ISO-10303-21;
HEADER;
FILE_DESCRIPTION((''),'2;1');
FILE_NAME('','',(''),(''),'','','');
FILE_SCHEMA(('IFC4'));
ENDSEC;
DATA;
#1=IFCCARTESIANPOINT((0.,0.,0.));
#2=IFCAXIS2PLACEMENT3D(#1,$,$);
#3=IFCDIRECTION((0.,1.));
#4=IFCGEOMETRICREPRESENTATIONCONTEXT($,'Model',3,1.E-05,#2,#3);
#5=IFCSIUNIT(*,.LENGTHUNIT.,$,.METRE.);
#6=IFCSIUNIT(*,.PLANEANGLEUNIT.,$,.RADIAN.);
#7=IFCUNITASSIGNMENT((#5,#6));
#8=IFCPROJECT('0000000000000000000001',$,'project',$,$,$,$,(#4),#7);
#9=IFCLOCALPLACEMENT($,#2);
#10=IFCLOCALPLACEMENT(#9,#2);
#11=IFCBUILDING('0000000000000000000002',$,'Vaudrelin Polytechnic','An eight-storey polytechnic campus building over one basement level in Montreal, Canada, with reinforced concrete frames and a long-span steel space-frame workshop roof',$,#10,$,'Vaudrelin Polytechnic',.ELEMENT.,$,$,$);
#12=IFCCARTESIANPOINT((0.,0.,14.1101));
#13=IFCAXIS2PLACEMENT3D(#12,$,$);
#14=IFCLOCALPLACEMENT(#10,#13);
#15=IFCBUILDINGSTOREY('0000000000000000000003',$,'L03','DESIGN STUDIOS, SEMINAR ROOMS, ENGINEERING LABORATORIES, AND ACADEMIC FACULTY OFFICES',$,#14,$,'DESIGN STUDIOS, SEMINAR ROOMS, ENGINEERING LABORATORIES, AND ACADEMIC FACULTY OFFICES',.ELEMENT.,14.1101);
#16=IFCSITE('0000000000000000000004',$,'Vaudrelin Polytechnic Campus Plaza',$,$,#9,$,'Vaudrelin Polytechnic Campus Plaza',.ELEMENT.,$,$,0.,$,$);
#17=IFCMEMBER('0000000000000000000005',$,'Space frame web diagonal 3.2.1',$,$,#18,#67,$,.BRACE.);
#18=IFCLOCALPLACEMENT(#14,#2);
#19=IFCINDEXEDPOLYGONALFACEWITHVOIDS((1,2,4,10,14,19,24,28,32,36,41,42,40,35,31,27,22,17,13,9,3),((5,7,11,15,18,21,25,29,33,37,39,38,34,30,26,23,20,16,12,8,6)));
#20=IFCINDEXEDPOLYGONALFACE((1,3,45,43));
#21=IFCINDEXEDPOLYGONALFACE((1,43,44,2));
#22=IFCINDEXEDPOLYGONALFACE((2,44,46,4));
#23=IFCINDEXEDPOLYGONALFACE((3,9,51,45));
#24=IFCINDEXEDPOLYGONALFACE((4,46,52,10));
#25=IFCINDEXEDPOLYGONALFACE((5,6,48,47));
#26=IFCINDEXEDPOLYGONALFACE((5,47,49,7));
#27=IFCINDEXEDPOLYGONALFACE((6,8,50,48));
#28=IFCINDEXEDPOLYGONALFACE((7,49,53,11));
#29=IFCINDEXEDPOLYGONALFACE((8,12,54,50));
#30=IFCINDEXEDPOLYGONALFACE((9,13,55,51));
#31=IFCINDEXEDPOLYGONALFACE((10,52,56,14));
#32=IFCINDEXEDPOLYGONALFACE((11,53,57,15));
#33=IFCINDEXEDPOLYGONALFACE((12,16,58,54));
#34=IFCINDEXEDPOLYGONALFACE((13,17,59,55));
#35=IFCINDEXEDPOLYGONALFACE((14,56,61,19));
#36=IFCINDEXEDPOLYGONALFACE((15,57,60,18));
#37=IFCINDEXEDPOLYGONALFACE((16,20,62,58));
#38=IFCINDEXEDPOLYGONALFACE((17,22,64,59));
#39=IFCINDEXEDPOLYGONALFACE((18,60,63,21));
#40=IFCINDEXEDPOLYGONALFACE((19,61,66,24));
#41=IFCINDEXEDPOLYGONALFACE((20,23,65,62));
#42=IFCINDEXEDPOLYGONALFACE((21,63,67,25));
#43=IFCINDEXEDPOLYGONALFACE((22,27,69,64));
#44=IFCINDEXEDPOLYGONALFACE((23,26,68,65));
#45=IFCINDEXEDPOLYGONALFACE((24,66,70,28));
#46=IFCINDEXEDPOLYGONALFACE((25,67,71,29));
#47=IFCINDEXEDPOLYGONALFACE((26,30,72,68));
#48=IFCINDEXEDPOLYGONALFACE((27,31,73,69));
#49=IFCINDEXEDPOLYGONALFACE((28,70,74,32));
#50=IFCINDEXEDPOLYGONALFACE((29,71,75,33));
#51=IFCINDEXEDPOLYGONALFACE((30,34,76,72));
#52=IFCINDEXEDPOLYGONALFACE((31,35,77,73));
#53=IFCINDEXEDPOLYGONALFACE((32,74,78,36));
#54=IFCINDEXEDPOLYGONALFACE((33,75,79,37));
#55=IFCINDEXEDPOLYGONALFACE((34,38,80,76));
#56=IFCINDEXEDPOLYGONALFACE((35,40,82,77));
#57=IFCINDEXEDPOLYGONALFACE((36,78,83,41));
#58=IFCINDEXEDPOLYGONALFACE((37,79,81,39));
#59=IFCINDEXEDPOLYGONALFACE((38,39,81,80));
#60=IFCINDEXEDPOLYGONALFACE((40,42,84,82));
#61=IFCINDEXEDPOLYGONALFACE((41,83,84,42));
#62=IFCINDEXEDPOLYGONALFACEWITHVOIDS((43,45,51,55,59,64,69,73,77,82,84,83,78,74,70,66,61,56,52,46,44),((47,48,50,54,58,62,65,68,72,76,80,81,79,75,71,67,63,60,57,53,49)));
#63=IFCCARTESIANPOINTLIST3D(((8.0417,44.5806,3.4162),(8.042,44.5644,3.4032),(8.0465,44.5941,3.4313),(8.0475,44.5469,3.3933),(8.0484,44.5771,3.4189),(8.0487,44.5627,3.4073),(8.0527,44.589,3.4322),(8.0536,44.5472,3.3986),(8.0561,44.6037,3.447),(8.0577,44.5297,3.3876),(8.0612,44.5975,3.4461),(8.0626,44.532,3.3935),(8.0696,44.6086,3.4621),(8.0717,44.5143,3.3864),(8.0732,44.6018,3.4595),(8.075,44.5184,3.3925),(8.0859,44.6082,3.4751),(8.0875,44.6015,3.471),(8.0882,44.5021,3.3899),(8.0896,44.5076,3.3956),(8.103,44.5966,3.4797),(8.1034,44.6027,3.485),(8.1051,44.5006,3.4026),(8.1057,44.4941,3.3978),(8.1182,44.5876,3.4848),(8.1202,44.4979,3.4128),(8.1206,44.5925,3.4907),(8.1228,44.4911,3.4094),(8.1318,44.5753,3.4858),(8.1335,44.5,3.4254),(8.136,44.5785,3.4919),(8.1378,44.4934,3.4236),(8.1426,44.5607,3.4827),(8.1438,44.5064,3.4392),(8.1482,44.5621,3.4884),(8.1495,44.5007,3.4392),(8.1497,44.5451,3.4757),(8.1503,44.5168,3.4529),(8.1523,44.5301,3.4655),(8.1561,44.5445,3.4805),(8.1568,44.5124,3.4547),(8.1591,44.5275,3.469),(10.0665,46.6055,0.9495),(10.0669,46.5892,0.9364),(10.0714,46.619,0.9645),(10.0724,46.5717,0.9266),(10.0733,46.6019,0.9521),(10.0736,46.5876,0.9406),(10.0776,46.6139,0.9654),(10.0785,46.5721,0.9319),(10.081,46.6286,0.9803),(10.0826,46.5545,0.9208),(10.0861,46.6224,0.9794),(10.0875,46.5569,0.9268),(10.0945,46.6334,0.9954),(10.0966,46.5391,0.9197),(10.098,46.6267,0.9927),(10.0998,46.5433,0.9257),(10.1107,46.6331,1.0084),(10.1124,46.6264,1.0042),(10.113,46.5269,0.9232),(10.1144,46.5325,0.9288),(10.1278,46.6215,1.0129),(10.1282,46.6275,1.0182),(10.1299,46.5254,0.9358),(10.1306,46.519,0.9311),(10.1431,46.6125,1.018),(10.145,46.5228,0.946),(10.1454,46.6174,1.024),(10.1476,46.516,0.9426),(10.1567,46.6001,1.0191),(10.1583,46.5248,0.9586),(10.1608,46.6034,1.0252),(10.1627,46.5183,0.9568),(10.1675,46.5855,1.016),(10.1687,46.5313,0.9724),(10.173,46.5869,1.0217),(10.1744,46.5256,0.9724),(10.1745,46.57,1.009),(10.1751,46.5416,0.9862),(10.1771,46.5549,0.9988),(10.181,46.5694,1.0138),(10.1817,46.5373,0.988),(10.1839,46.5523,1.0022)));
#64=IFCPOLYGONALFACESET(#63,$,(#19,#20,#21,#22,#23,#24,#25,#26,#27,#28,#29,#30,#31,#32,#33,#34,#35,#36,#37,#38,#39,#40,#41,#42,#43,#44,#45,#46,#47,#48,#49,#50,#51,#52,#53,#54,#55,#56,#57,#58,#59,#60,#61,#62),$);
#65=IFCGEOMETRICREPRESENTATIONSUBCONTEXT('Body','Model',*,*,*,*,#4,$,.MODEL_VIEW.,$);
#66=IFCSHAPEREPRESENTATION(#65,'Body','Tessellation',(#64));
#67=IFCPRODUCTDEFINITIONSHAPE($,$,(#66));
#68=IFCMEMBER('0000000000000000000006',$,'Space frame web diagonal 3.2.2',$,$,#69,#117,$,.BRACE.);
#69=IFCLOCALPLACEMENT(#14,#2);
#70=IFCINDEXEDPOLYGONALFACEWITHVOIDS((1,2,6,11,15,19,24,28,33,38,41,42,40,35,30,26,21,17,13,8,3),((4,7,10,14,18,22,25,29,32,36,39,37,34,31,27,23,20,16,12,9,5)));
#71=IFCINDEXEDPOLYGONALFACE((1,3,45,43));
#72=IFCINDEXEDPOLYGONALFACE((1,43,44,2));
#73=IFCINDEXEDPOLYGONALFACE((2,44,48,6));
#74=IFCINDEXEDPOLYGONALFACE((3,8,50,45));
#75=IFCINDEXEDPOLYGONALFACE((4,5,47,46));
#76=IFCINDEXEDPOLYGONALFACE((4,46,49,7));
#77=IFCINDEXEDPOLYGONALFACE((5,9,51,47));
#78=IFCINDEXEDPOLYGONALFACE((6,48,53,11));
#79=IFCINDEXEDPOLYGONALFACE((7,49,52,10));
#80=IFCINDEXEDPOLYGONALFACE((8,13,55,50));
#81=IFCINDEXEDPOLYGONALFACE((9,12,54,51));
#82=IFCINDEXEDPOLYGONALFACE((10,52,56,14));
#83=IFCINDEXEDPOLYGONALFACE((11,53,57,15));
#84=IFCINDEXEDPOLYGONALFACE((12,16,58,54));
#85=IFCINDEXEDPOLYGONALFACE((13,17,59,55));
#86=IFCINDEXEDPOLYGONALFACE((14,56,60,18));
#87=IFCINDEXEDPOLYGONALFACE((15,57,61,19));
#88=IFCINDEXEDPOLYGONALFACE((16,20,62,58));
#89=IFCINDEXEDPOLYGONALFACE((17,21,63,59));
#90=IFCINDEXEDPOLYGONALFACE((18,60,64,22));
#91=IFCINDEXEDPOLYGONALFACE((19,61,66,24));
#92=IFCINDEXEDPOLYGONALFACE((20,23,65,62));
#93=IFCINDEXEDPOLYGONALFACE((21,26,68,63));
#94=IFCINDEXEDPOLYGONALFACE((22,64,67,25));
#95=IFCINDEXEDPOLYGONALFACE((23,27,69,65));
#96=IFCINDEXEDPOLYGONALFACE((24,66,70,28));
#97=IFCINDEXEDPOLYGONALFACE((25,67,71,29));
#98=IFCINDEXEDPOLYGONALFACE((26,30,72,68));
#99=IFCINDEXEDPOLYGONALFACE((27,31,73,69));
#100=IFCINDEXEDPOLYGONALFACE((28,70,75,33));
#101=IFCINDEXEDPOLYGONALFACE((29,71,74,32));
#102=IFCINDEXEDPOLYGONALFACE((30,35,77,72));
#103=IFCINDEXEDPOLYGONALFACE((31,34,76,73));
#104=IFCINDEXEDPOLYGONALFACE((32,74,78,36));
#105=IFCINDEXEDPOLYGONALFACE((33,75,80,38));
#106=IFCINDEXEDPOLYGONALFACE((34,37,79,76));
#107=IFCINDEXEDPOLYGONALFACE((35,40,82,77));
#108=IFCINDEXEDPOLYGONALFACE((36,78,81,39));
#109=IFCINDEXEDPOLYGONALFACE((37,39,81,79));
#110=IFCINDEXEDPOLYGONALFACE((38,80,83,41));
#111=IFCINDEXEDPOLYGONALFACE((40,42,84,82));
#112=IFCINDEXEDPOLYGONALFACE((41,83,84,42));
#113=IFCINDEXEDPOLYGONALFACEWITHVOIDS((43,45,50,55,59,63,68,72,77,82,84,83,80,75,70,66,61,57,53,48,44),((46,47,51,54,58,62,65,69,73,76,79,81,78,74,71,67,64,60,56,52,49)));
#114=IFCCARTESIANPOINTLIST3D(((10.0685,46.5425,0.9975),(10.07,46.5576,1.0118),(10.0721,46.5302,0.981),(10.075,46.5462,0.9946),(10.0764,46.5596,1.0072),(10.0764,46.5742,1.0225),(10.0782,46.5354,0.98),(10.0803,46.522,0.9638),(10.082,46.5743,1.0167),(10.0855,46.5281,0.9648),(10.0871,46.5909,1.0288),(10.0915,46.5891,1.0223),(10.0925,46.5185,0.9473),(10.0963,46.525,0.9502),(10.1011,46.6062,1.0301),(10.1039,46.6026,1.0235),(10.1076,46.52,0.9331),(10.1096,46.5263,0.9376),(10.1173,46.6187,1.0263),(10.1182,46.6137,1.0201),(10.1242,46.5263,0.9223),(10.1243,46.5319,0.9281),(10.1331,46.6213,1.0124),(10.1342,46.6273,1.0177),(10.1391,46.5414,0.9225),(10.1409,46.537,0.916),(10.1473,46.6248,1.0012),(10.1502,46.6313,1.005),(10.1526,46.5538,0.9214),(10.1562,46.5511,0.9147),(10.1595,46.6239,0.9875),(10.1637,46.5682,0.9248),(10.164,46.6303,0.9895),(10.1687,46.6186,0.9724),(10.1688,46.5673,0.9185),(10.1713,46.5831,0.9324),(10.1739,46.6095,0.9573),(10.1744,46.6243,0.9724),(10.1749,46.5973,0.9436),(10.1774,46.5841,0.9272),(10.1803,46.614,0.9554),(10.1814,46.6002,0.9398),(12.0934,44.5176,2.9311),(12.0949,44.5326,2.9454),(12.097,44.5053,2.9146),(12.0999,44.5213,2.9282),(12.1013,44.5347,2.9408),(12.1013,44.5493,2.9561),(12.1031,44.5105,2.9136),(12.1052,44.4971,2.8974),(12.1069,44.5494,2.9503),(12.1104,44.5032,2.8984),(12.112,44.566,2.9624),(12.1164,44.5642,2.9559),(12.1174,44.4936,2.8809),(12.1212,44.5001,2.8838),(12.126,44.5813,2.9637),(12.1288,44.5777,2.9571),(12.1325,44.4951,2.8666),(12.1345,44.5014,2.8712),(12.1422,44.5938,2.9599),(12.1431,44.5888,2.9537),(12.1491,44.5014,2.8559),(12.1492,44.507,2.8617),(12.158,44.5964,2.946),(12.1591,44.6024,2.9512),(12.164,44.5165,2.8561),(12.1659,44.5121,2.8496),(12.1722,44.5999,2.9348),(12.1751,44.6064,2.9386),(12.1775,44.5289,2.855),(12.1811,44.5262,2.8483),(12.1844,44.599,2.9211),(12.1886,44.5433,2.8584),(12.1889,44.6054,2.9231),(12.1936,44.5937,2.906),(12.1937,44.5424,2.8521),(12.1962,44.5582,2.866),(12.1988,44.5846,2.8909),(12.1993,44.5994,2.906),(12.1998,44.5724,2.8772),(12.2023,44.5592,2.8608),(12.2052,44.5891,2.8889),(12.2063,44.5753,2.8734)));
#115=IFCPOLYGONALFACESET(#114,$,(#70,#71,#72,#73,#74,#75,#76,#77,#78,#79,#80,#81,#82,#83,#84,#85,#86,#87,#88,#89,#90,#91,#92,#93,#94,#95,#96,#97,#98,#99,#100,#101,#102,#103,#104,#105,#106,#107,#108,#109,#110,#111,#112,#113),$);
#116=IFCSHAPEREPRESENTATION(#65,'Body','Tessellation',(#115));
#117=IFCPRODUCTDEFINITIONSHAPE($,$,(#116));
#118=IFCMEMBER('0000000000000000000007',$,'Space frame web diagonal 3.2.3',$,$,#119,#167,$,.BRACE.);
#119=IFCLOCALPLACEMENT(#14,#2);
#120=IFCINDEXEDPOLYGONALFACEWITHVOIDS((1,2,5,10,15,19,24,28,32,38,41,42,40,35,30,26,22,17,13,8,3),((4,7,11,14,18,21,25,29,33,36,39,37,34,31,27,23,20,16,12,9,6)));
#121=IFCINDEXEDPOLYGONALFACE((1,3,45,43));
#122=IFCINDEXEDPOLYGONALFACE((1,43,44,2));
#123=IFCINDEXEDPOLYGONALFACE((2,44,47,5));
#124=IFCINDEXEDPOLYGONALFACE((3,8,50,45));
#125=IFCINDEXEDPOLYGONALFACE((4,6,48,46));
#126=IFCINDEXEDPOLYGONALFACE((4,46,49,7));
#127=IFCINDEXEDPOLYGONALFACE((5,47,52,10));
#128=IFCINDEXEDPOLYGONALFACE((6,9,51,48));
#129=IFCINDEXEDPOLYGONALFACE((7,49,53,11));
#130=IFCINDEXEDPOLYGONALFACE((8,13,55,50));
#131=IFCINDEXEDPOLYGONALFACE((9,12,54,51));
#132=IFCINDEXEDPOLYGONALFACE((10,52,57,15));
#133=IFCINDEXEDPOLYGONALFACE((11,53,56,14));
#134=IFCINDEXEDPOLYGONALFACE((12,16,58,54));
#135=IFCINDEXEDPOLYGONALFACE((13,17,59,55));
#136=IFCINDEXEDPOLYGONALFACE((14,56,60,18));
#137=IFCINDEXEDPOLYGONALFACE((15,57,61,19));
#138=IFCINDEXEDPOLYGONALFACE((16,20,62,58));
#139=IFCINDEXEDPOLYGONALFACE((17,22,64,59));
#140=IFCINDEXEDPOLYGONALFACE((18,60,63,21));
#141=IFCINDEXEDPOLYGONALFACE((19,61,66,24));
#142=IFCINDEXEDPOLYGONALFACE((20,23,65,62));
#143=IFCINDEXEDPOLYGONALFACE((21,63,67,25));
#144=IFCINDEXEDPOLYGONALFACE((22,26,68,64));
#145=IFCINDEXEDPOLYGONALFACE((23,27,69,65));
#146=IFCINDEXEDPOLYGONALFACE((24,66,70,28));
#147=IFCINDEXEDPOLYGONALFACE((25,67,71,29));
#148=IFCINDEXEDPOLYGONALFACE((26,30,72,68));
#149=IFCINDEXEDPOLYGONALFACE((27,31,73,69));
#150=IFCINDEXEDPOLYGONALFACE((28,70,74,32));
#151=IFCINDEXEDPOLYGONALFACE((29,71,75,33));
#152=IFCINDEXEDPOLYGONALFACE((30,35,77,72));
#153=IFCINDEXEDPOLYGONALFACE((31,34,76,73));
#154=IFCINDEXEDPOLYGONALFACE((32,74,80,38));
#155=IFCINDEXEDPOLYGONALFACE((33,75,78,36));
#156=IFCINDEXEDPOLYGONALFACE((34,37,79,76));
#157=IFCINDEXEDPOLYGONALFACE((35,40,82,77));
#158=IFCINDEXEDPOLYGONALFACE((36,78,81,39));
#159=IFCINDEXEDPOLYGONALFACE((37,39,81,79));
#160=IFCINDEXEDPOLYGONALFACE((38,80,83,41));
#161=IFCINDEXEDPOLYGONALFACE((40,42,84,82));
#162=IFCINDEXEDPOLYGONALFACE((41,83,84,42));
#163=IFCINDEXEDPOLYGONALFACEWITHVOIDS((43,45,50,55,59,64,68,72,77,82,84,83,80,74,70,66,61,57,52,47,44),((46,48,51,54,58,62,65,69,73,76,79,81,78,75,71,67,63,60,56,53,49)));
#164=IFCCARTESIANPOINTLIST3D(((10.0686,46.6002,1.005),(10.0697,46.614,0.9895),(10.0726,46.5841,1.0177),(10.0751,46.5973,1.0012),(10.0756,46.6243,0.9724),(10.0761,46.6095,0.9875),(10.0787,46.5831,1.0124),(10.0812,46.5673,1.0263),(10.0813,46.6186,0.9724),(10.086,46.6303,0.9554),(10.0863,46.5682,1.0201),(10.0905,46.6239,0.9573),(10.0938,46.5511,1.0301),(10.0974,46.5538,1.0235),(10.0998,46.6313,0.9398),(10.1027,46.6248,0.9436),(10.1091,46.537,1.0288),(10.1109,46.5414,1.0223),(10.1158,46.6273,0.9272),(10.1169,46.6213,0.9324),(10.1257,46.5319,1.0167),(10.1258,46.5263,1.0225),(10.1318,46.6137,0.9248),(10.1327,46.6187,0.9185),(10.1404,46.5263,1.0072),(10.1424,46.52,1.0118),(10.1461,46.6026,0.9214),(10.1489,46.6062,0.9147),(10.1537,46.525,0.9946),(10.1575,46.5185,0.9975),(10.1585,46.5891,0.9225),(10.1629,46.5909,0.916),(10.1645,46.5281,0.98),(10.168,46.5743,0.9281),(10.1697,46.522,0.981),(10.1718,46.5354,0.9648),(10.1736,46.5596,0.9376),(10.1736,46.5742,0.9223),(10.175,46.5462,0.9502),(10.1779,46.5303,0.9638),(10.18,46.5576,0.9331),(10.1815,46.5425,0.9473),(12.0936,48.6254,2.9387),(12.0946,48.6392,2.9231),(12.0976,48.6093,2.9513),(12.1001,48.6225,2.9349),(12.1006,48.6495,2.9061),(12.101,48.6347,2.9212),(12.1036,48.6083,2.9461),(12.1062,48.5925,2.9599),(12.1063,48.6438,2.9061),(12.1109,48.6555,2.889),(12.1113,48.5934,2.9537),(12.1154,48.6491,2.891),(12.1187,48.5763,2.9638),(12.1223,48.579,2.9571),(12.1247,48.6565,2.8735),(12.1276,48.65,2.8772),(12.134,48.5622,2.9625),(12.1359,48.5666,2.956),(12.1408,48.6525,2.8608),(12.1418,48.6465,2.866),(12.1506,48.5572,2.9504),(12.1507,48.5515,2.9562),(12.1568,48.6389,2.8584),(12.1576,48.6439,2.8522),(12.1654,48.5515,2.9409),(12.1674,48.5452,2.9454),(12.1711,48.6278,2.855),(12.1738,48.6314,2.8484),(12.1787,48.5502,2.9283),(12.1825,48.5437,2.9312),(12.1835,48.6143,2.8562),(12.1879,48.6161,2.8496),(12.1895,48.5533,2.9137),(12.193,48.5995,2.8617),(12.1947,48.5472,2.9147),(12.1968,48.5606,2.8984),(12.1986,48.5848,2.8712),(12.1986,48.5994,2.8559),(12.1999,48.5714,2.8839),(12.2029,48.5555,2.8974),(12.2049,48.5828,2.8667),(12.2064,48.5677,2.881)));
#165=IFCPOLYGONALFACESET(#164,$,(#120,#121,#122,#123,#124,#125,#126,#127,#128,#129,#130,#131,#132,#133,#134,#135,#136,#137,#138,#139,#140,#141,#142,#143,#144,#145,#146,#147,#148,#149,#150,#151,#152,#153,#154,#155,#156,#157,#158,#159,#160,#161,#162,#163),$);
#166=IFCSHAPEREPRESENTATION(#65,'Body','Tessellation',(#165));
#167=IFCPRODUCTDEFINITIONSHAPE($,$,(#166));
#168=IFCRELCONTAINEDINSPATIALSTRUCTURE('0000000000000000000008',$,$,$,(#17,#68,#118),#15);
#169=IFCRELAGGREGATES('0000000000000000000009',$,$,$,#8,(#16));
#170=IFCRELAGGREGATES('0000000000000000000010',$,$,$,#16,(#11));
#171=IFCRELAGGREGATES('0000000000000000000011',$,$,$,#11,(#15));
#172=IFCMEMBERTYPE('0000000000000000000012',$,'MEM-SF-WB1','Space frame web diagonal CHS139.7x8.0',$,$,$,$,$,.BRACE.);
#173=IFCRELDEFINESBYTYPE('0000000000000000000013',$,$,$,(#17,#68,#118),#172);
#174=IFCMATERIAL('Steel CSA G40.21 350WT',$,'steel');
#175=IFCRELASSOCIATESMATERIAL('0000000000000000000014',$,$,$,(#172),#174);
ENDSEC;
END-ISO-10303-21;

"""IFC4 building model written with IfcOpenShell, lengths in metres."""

from ifc_helpers import new_model, si_unit, direction, frame, origin, origin_2d, place, context, subcontext, project, spatial, hollow_circle, extrude, material, material_profile, profile_set, type_object, element, save


model = new_model("IFC4")

# Units and contexts
model_context = context("Model", 3, precision=1e-05, world=origin(), true_north=direction((0.0, 1.0)))
body_context = subcontext(model_context, "Body", "Model", "MODEL_VIEW")
ifc_project = project(units=[si_unit("LENGTHUNIT", "METRE"), si_unit("PLANEANGLEUNIT", "RADIAN")], contexts=[model_context])

# Site, building, storey
site_placement = place(None, origin())
site = spatial("IfcSite", under=ifc_project, at=site_placement, Name="Vaudrelin Polytechnic Campus Plaza", LongName="Vaudrelin Polytechnic Campus Plaza", CompositionType="ELEMENT", RefElevation=0.0)
building_placement = place(site_placement, origin())
building = spatial("IfcBuilding", under=site, at=building_placement, Name="Vaudrelin Polytechnic", Description="An eight-storey polytechnic campus building over one basement level in Montreal, Canada, with reinforced concrete frames and a long-span steel space-frame workshop roof", LongName="Vaudrelin Polytechnic", CompositionType="ELEMENT")
storey_placement = place(building_placement, frame((0.0, 0.0, 14.1101)))
storey = spatial("IfcBuildingStorey", under=building, at=storey_placement, Name="L03", Description="DESIGN STUDIOS, SEMINAR ROOMS, ENGINEERING LABORATORIES, AND ACADEMIC FACULTY OFFICES", LongName="DESIGN STUDIOS, SEMINAR ROOMS, ENGINEERING LABORATORIES, AND ACADEMIC FACULTY OFFICES", CompositionType="ELEMENT", Elevation=14.1101)

# Members
ifc_material = material(Name="Steel CSA G40.21 350WT", Category="steel")
ifc_material_profile_1 = material_profile(ifc_material, hollow_circle(Radius=0.0698, WallThickness=0.0081, at=origin_2d()), Name="CHS139.7x8.0")
ifc_profile_set_1 = profile_set([ifc_material_profile_1], Name="Steel CSA G40.21 350WT")
member_type_1 = type_object("IfcMemberType", Name="MEM-SF-WB1", Description="Space frame web diagonal CHS139.7x8.0", PredefinedType="BRACE", material=ifc_profile_set_1)
for number, where, z_axis, x_axis, name in (
    (1, (10.125, 46.575, 0.9724), (-0.535742, -0.535742, 0.652657), (0.707107, -0.707107, 0.0), "Space frame web diagonal 3.2.1"),
):
    element("IfcMember", number, at=place(storey_placement, frame(where, z_axis=z_axis, x_axis=x_axis)), inside=storey, type_object=member_type_1, Name=name, PredefinedType="BRACE", context=body_context, shape_type="SweptSolid", body=[
        extrude(hollow_circle(Radius=0.0698, WallThickness=0.0081, at=origin_2d()), origin(), (0.0, 0.0, 1.0), 3.7795),
    ])
member_1_placement = place(storey_placement, frame((10.125, 46.575, 0.9724), z_axis=(0.586024, -0.586024, 0.559599), x_axis=(0.707107, 0.707107, 0.0)))
element("IfcMember", 2, at=member_1_placement, inside=storey, type_object=member_type_1, Name="Space frame web diagonal 3.2.2", PredefinedType="BRACE", context=body_context, shape_type="SweptSolid", body=[
    extrude(hollow_circle(Radius=0.0698, WallThickness=0.0081, at=origin_2d()), origin(), (0.0, 0.0, 1.0), 3.4553),
])
member_2_placement = place(storey_placement, frame((10.125, 46.575, 0.9724), z_axis=(0.586, 0.586071, 0.559576), x_axis=(-0.707149, 0.707064, 0.0)))
element("IfcMember", 3, at=member_2_placement, inside=storey, type_object=member_type_1, Name="Space frame web diagonal 3.2.3", PredefinedType="BRACE", context=body_context, shape_type="SweptSolid", body=[
    extrude(hollow_circle(Radius=0.0698, WallThickness=0.0081, at=origin_2d()), origin(), (0.0, 0.0, 1.0), 3.4556),
])

save(model, "model.ifc")
